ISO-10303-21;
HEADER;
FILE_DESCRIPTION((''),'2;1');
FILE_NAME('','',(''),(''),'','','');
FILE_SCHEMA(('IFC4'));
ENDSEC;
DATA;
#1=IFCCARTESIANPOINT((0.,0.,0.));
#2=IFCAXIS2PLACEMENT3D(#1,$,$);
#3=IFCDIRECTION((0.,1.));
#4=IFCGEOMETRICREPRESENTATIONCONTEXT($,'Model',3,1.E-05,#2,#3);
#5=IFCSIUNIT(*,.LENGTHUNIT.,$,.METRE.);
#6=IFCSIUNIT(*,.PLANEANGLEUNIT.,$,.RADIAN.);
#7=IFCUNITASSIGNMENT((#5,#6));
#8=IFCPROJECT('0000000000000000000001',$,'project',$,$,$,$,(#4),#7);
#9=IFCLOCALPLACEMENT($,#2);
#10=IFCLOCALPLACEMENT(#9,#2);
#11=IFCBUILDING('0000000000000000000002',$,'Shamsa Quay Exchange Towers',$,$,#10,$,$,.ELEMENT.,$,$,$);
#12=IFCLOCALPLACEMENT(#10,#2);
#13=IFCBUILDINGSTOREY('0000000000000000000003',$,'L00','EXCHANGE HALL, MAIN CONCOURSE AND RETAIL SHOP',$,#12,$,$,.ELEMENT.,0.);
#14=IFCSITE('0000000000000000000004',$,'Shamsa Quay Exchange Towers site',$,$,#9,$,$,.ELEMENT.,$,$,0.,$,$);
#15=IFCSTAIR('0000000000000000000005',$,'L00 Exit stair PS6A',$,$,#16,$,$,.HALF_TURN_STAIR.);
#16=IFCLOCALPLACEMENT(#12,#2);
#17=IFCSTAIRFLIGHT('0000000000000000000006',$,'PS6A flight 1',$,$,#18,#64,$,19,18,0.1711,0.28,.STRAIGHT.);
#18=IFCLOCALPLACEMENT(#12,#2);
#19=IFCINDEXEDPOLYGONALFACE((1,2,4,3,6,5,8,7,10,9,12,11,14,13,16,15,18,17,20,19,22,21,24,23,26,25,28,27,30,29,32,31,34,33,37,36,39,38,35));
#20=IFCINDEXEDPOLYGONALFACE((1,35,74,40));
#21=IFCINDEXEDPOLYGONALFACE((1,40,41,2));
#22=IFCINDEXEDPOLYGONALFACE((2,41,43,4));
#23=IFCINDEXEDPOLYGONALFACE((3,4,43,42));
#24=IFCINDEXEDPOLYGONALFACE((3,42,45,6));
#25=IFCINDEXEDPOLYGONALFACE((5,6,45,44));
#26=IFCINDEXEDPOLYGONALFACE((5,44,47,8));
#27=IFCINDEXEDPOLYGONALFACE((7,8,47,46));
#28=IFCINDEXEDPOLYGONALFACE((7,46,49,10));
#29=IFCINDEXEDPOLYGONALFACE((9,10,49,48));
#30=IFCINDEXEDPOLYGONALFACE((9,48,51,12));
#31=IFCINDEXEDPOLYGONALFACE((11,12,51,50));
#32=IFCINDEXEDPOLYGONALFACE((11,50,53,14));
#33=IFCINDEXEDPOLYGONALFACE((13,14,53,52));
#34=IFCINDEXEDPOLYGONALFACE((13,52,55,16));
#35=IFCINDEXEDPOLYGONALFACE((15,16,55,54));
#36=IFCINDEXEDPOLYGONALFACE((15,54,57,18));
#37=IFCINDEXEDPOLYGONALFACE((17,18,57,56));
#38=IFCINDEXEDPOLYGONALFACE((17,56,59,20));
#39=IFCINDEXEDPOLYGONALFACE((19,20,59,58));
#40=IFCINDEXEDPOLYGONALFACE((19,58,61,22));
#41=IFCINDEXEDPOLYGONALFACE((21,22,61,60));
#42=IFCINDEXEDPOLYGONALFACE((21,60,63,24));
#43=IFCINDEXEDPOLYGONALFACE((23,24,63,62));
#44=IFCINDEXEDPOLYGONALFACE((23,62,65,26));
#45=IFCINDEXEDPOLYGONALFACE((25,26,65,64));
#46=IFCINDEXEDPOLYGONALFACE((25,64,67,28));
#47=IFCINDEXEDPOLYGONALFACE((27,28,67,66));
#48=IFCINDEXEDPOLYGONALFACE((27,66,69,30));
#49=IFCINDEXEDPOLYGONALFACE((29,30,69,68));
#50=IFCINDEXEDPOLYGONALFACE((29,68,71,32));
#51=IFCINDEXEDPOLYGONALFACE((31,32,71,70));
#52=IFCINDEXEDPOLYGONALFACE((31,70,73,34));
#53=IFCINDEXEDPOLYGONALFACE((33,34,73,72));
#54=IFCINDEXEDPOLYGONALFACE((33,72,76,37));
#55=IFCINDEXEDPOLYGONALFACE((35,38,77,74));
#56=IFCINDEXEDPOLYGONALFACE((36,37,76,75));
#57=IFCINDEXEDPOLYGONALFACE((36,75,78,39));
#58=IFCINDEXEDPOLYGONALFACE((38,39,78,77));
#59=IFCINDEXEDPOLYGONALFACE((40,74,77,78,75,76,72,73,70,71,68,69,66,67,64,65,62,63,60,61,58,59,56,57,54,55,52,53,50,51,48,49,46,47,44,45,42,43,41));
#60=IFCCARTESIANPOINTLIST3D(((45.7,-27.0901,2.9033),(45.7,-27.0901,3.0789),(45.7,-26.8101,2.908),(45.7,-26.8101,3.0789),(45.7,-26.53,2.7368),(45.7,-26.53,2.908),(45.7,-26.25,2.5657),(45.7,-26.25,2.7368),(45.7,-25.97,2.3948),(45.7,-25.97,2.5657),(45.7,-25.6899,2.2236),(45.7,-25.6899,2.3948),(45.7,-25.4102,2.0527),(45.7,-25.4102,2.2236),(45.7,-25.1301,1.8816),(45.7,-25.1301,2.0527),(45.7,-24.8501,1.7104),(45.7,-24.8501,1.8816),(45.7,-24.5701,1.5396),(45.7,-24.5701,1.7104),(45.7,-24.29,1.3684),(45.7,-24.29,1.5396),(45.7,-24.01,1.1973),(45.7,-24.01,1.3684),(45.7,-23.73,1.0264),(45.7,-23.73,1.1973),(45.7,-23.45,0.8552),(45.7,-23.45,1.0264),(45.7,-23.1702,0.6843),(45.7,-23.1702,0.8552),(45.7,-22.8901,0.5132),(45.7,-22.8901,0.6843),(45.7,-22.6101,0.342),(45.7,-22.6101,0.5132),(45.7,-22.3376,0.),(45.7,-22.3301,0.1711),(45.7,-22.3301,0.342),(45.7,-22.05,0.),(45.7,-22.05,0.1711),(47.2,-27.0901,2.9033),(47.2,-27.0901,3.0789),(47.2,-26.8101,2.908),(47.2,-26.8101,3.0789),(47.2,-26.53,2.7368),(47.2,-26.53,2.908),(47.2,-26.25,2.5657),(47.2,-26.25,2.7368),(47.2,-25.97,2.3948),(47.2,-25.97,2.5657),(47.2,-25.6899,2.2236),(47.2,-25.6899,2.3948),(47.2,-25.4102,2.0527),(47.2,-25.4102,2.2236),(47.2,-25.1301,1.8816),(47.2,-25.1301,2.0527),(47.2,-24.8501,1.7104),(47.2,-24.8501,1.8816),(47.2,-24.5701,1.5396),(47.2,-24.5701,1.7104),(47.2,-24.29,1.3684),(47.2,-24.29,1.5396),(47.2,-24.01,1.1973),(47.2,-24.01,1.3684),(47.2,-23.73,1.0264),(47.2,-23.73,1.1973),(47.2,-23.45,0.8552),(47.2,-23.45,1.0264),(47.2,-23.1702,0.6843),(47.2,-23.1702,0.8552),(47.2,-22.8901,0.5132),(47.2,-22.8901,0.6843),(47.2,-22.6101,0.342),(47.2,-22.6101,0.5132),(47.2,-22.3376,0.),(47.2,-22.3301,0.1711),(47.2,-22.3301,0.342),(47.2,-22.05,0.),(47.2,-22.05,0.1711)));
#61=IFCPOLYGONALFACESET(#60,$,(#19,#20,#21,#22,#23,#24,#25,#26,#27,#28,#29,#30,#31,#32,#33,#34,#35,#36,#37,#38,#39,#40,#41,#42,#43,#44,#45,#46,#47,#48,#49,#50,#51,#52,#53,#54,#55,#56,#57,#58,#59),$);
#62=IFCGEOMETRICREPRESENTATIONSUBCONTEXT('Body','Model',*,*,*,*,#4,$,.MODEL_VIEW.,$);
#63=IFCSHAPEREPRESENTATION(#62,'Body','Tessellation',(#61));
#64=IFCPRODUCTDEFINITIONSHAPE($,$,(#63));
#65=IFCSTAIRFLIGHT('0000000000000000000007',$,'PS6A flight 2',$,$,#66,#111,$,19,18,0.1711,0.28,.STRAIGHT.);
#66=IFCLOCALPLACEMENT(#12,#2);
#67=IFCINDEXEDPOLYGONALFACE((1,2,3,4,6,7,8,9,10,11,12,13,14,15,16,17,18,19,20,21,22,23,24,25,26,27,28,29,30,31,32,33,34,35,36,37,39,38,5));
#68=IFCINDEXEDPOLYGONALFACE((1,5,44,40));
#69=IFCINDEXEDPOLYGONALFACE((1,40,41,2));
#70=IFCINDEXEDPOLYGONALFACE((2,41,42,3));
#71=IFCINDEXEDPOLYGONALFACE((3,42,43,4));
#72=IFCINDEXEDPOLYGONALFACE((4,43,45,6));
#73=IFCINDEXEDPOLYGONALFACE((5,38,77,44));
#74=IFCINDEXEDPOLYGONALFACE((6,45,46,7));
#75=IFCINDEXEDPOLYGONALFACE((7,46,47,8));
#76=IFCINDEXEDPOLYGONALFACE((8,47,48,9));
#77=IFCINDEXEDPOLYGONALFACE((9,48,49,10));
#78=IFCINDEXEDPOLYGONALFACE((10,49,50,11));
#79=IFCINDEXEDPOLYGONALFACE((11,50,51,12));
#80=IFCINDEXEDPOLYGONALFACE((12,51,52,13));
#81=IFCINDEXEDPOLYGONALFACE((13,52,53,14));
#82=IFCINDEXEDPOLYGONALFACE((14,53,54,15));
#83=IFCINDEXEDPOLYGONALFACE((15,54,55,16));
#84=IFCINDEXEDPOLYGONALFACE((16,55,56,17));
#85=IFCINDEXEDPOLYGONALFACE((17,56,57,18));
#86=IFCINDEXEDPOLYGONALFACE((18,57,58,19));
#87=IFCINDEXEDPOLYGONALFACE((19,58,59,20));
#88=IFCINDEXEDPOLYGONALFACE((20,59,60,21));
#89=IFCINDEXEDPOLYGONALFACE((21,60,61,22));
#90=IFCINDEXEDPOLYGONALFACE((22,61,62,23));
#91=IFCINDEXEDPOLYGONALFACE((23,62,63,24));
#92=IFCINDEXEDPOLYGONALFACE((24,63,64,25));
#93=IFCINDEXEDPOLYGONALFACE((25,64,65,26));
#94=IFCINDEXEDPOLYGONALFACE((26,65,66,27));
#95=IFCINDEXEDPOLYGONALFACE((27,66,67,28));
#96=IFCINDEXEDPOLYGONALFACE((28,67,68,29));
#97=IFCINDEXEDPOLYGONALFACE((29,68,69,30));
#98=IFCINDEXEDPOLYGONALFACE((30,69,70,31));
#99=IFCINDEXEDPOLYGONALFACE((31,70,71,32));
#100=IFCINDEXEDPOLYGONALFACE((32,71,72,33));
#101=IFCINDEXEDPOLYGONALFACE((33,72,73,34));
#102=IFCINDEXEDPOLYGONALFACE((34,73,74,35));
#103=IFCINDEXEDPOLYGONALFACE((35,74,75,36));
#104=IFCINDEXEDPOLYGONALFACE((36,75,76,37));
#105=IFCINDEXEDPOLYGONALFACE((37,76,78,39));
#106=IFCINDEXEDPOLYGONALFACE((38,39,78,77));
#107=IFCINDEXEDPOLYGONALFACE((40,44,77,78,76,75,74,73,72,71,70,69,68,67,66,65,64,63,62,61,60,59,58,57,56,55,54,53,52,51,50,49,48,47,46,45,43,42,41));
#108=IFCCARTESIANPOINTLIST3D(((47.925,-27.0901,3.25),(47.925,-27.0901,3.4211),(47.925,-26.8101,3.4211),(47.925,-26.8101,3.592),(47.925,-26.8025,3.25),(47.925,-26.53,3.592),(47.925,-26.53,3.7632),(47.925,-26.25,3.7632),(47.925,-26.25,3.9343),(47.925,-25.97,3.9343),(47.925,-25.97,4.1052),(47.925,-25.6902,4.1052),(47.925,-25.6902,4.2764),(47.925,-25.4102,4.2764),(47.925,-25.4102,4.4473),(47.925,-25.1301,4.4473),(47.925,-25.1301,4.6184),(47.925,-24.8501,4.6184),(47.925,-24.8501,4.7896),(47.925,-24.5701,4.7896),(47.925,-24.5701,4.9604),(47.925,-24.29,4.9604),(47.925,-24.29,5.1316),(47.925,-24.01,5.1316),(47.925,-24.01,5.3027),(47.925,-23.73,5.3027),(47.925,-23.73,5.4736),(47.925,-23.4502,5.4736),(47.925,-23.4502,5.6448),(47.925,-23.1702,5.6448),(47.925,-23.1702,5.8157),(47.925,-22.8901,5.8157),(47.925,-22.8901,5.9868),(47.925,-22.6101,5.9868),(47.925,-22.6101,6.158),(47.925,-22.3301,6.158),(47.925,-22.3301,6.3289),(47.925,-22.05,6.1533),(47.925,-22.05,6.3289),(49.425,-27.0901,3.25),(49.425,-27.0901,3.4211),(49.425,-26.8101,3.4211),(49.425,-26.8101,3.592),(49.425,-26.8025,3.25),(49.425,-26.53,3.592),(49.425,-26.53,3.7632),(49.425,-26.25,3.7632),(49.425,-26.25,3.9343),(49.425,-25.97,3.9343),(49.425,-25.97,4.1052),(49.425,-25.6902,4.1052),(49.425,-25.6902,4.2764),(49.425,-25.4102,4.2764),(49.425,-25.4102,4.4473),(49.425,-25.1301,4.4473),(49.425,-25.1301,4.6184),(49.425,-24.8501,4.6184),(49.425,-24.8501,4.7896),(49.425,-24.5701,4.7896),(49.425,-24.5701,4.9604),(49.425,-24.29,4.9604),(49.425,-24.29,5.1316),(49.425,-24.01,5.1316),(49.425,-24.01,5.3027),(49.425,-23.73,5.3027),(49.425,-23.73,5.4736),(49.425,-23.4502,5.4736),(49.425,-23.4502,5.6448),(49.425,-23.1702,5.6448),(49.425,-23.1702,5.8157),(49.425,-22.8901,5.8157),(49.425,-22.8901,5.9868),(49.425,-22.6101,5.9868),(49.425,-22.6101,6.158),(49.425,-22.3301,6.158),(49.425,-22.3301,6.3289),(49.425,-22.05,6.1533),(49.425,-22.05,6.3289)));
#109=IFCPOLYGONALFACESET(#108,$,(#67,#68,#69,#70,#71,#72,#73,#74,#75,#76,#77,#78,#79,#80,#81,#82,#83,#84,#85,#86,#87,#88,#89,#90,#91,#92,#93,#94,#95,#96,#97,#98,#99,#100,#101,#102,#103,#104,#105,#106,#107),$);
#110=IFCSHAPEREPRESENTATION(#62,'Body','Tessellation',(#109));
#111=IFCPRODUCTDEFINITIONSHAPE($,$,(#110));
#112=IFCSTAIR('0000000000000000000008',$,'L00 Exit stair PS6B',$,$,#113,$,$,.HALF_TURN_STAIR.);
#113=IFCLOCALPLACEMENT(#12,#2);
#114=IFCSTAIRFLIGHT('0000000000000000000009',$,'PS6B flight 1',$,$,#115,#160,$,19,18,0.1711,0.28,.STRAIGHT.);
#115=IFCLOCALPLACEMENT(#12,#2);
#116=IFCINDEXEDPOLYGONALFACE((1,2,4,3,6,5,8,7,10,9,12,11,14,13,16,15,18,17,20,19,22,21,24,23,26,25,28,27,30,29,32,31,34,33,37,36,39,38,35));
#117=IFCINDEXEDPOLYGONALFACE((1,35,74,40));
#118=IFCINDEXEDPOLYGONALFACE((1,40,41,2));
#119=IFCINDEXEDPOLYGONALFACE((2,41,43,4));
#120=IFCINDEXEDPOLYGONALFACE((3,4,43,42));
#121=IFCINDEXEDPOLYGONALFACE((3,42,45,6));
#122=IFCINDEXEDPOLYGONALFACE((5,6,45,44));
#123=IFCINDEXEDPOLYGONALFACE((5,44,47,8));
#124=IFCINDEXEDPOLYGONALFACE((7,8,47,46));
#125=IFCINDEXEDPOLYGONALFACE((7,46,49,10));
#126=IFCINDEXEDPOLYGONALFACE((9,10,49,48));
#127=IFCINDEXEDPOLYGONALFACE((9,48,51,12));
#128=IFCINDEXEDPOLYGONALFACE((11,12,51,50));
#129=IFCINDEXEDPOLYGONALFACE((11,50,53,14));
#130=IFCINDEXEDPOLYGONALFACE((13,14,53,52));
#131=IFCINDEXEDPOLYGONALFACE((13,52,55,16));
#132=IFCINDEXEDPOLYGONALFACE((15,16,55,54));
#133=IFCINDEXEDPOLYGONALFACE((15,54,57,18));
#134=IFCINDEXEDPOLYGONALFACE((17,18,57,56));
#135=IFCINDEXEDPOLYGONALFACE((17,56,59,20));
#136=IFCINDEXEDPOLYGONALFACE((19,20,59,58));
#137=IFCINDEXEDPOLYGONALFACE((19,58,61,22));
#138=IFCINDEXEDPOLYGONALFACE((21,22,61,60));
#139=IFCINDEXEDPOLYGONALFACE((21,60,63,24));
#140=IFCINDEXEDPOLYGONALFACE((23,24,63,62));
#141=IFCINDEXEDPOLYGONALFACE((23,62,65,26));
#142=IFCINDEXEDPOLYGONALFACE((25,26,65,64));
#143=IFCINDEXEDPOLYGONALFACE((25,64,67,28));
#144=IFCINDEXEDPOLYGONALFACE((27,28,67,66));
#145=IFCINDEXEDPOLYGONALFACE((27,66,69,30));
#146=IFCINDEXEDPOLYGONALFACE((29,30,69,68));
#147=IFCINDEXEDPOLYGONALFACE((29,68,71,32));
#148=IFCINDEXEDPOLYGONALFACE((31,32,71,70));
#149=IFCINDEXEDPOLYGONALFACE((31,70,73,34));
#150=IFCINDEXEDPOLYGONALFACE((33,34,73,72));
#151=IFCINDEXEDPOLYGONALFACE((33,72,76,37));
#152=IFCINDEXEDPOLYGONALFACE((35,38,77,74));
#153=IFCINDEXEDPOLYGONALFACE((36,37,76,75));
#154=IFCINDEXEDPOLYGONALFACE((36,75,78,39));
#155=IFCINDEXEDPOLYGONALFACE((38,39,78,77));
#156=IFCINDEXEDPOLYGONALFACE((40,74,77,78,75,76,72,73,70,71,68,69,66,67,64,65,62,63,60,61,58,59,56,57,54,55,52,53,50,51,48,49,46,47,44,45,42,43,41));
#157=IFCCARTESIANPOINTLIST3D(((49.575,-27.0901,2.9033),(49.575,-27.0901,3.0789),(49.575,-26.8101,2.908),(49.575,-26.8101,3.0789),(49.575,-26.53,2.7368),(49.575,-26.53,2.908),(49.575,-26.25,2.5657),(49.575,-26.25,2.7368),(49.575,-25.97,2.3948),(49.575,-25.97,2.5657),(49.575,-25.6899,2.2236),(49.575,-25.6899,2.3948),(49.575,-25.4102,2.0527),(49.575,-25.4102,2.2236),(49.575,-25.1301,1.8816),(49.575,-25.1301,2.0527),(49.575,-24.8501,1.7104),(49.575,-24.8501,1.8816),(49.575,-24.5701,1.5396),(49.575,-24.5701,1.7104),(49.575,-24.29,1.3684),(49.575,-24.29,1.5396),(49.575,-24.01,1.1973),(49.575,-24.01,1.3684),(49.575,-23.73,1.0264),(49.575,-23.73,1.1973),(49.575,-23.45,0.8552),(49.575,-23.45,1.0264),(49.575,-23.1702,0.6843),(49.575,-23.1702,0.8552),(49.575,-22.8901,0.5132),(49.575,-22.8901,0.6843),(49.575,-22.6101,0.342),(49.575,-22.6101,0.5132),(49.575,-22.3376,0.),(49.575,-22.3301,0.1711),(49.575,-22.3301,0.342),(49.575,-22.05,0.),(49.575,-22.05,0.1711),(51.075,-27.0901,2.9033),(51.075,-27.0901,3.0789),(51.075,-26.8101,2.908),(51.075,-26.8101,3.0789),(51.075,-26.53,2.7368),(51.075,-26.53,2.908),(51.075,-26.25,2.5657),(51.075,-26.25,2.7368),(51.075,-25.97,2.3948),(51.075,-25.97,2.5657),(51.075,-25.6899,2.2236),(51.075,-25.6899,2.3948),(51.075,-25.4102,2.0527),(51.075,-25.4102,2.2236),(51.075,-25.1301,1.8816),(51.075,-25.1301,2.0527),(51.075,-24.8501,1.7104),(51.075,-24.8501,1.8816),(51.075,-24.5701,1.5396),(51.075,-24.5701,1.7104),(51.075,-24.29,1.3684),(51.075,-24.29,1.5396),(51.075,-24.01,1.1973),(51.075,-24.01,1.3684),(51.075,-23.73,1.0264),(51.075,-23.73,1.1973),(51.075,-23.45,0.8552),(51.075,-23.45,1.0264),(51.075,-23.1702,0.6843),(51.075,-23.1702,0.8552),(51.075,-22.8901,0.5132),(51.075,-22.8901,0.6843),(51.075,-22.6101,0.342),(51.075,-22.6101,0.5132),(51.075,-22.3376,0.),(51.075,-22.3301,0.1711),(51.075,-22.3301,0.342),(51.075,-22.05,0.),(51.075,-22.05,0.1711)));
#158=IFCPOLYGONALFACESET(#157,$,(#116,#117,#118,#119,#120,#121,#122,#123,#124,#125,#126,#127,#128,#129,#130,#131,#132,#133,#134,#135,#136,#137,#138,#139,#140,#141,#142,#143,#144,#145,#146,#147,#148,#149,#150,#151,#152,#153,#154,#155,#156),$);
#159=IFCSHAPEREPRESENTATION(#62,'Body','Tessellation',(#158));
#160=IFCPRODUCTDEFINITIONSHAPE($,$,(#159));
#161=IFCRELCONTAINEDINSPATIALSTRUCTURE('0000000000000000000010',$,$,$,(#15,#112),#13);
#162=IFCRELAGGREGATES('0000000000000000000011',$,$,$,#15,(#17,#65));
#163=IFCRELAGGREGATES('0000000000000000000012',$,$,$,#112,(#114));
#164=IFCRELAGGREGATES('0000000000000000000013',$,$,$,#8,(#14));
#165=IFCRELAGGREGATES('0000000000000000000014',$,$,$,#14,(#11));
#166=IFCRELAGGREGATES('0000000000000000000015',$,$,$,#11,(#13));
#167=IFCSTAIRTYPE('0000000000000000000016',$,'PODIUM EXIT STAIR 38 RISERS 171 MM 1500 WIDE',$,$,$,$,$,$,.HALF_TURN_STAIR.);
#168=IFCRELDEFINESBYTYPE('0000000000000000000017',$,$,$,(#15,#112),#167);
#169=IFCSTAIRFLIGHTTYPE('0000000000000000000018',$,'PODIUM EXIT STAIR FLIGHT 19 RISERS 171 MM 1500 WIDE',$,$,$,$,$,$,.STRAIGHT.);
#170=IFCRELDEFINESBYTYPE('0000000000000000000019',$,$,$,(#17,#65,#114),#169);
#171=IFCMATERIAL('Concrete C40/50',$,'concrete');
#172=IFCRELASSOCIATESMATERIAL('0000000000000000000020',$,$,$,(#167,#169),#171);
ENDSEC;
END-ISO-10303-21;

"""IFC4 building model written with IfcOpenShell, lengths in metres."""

from ifc_helpers import new_model, si_unit, direction, frame, origin, place, context, subcontext, project, spatial, polyline, outline, extrude, material, type_object, element, aggregate, save


model = new_model("IFC4")

# Units and contexts
model_context = context("Model", 3, precision=1e-05, world=origin(), true_north=direction((0.0, 1.0)))
body_context = subcontext(model_context, "Body", "Model", "MODEL_VIEW")
ifc_project = project(units=[si_unit("LENGTHUNIT", "METRE"), si_unit("PLANEANGLEUNIT", "RADIAN")], contexts=[model_context])

# Site, building, storey
site_placement = place(None, origin())
site = spatial("IfcSite", under=ifc_project, at=site_placement, Name="Shamsa Quay Exchange Towers site", CompositionType="ELEMENT", RefElevation=0.0)
building_placement = place(site_placement, origin())
building = spatial("IfcBuilding", under=site, at=building_placement, Name="Shamsa Quay Exchange Towers", CompositionType="ELEMENT")
storey_placement = place(building_placement, origin())
storey = spatial("IfcBuildingStorey", under=building, at=storey_placement, Name="L00", Description="EXCHANGE HALL, MAIN CONCOURSE AND RETAIL SHOP", CompositionType="ELEMENT", Elevation=0.0)

# Shared definitions
ifc_material_1 = material(Name="Concrete C40/50", Category="concrete")

# Stair, stair flights
stair_type = type_object("IfcStairType", Name="PODIUM EXIT STAIR 38 RISERS 171 MM 1500 WIDE", PredefinedType="HALF_TURN_STAIR", material=ifc_material_1)
stair_1_placement = place(storey_placement, origin())
stair_1 = element("IfcStair", 1, at=stair_1_placement, inside=storey, type_object=stair_type, Name="L00 Exit stair PS6A", PredefinedType="HALF_TURN_STAIR")
stair_flight_type = type_object("IfcStairFlightType", Name="PODIUM EXIT STAIR FLIGHT 19 RISERS 171 MM 1500 WIDE", PredefinedType="STRAIGHT", material=ifc_material_1)
stair_flight_1_placement = place(storey_placement, frame((46.45, -22.05, 0.0), z_axis=(0.0, 0.0, 1.0), x_axis=(0.0, -1.0, 0.0)))
stair_flight_1 = element("IfcStairFlight", 2, at=stair_flight_1_placement, type_object=stair_flight_type, Name="PS6A flight 1", NumberOfRisers=19, NumberOfTreads=18, PredefinedType="STRAIGHT", RiserHeight=0.1711, TreadLength=0.28, context=body_context, shape_type="SweptSolid", body=[
    extrude(outline(polyline([(0.0, 0.0), (0.0, 0.1711), (0.28, 0.1711), (0.28, 0.342), (0.5601, 0.342), (0.5601, 0.5132), (0.8401, 0.5132), (0.8401, 0.6843), (1.1201, 0.6843), (1.1201, 0.8552), (1.3999, 0.8552), (1.3999, 1.0264), (1.6799, 1.0264), (1.6799, 1.1973), (1.96, 1.1973), (1.96, 1.3684), (2.24, 1.3684), (2.24, 1.5396), (2.52, 1.5396), (2.52, 1.7104), (2.8, 1.7104), (2.8, 1.8816), (3.0801, 1.8816), (3.0801, 2.0527), (3.3601, 2.0527), (3.3601, 2.2236), (3.6399, 2.2236), (3.6399, 2.3948), (3.9199, 2.3948), (3.9199, 2.5657), (4.2, 2.5657), (4.2, 2.7368), (4.48, 2.7368), (4.48, 2.908), (4.76, 2.908), (4.76, 3.0789), (5.04, 3.0789), (5.04, 3.25), (5.04, 2.9033), (0.2876, 0.0), (0.0, 0.0)])), frame((0.0, 0.75, 0.0), z_axis=(0.0, -1.0, 0.0), x_axis=(1.0, 0.0, 0.0)), (0.0, 0.0, 1.0), 1.5),
])
stair_flight_2_placement = place(storey_placement, frame((48.675, -27.0901, 3.25), z_axis=(0.0, 0.0, 1.0), x_axis=(0.0, 1.0, 0.0)))
stair_flight_2 = element("IfcStairFlight", 3, at=stair_flight_2_placement, type_object=stair_flight_type, Name="PS6A flight 2", NumberOfRisers=19, NumberOfTreads=18, PredefinedType="STRAIGHT", RiserHeight=0.1711, TreadLength=0.28, context=body_context, shape_type="SweptSolid", body=[
    extrude(outline(polyline([(0.0, 0.0), (0.0, 0.1711), (0.28, 0.1711), (0.28, 0.342), (0.5601, 0.342), (0.5601, 0.5132), (0.8401, 0.5132), (0.8401, 0.6843), (1.1201, 0.6843), (1.1201, 0.8552), (1.3999, 0.8552), (1.3999, 1.0264), (1.6799, 1.0264), (1.6799, 1.1973), (1.96, 1.1973), (1.96, 1.3684), (2.24, 1.3684), (2.24, 1.5396), (2.52, 1.5396), (2.52, 1.7104), (2.8, 1.7104), (2.8, 1.8816), (3.0801, 1.8816), (3.0801, 2.0527), (3.3601, 2.0527), (3.3601, 2.2236), (3.6399, 2.2236), (3.6399, 2.3948), (3.9199, 2.3948), (3.9199, 2.5657), (4.2, 2.5657), (4.2, 2.7368), (4.48, 2.7368), (4.48, 2.908), (4.76, 2.908), (4.76, 3.0789), (5.04, 3.0789), (5.04, 3.25), (5.04, 2.9033), (0.2876, 0.0), (0.0, 0.0)])), frame((0.0, 0.75, 0.0), z_axis=(0.0, -1.0, 0.0), x_axis=(1.0, 0.0, 0.0)), (0.0, 0.0, 1.0), 1.5),
])
aggregate(stair_1, [stair_flight_1, stair_flight_2])

# Stair, stair flight
stair_2_placement = place(storey_placement, origin())
stair_2 = element("IfcStair", 4, at=stair_2_placement, inside=storey, type_object=stair_type, Name="L00 Exit stair PS6B", PredefinedType="HALF_TURN_STAIR")
stair_flight_3_placement = place(storey_placement, frame((50.325, -22.05, 0.0), z_axis=(0.0, 0.0, 1.0), x_axis=(0.0, -1.0, 0.0)))
stair_flight_3 = element("IfcStairFlight", 5, at=stair_flight_3_placement, type_object=stair_flight_type, Name="PS6B flight 1", NumberOfRisers=19, NumberOfTreads=18, PredefinedType="STRAIGHT", RiserHeight=0.1711, TreadLength=0.28, context=body_context, shape_type="SweptSolid", body=[
    extrude(outline(polyline([(0.0, 0.0), (0.0, 0.1711), (0.28, 0.1711), (0.28, 0.342), (0.5601, 0.342), (0.5601, 0.5132), (0.8401, 0.5132), (0.8401, 0.6843), (1.1201, 0.6843), (1.1201, 0.8552), (1.3999, 0.8552), (1.3999, 1.0264), (1.6799, 1.0264), (1.6799, 1.1973), (1.96, 1.1973), (1.96, 1.3684), (2.24, 1.3684), (2.24, 1.5396), (2.52, 1.5396), (2.52, 1.7104), (2.8, 1.7104), (2.8, 1.8816), (3.0801, 1.8816), (3.0801, 2.0527), (3.3601, 2.0527), (3.3601, 2.2236), (3.6399, 2.2236), (3.6399, 2.3948), (3.9199, 2.3948), (3.9199, 2.5657), (4.2, 2.5657), (4.2, 2.7368), (4.48, 2.7368), (4.48, 2.908), (4.76, 2.908), (4.76, 3.0789), (5.04, 3.0789), (5.04, 3.25), (5.04, 2.9033), (0.2876, 0.0), (0.0, 0.0)])), frame((0.0, 0.75, 0.0), z_axis=(0.0, -1.0, 0.0), x_axis=(1.0, 0.0, 0.0)), (0.0, 0.0, 1.0), 1.5),
])
aggregate(stair_2, [stair_flight_3])

save(model, "model.ifc")
